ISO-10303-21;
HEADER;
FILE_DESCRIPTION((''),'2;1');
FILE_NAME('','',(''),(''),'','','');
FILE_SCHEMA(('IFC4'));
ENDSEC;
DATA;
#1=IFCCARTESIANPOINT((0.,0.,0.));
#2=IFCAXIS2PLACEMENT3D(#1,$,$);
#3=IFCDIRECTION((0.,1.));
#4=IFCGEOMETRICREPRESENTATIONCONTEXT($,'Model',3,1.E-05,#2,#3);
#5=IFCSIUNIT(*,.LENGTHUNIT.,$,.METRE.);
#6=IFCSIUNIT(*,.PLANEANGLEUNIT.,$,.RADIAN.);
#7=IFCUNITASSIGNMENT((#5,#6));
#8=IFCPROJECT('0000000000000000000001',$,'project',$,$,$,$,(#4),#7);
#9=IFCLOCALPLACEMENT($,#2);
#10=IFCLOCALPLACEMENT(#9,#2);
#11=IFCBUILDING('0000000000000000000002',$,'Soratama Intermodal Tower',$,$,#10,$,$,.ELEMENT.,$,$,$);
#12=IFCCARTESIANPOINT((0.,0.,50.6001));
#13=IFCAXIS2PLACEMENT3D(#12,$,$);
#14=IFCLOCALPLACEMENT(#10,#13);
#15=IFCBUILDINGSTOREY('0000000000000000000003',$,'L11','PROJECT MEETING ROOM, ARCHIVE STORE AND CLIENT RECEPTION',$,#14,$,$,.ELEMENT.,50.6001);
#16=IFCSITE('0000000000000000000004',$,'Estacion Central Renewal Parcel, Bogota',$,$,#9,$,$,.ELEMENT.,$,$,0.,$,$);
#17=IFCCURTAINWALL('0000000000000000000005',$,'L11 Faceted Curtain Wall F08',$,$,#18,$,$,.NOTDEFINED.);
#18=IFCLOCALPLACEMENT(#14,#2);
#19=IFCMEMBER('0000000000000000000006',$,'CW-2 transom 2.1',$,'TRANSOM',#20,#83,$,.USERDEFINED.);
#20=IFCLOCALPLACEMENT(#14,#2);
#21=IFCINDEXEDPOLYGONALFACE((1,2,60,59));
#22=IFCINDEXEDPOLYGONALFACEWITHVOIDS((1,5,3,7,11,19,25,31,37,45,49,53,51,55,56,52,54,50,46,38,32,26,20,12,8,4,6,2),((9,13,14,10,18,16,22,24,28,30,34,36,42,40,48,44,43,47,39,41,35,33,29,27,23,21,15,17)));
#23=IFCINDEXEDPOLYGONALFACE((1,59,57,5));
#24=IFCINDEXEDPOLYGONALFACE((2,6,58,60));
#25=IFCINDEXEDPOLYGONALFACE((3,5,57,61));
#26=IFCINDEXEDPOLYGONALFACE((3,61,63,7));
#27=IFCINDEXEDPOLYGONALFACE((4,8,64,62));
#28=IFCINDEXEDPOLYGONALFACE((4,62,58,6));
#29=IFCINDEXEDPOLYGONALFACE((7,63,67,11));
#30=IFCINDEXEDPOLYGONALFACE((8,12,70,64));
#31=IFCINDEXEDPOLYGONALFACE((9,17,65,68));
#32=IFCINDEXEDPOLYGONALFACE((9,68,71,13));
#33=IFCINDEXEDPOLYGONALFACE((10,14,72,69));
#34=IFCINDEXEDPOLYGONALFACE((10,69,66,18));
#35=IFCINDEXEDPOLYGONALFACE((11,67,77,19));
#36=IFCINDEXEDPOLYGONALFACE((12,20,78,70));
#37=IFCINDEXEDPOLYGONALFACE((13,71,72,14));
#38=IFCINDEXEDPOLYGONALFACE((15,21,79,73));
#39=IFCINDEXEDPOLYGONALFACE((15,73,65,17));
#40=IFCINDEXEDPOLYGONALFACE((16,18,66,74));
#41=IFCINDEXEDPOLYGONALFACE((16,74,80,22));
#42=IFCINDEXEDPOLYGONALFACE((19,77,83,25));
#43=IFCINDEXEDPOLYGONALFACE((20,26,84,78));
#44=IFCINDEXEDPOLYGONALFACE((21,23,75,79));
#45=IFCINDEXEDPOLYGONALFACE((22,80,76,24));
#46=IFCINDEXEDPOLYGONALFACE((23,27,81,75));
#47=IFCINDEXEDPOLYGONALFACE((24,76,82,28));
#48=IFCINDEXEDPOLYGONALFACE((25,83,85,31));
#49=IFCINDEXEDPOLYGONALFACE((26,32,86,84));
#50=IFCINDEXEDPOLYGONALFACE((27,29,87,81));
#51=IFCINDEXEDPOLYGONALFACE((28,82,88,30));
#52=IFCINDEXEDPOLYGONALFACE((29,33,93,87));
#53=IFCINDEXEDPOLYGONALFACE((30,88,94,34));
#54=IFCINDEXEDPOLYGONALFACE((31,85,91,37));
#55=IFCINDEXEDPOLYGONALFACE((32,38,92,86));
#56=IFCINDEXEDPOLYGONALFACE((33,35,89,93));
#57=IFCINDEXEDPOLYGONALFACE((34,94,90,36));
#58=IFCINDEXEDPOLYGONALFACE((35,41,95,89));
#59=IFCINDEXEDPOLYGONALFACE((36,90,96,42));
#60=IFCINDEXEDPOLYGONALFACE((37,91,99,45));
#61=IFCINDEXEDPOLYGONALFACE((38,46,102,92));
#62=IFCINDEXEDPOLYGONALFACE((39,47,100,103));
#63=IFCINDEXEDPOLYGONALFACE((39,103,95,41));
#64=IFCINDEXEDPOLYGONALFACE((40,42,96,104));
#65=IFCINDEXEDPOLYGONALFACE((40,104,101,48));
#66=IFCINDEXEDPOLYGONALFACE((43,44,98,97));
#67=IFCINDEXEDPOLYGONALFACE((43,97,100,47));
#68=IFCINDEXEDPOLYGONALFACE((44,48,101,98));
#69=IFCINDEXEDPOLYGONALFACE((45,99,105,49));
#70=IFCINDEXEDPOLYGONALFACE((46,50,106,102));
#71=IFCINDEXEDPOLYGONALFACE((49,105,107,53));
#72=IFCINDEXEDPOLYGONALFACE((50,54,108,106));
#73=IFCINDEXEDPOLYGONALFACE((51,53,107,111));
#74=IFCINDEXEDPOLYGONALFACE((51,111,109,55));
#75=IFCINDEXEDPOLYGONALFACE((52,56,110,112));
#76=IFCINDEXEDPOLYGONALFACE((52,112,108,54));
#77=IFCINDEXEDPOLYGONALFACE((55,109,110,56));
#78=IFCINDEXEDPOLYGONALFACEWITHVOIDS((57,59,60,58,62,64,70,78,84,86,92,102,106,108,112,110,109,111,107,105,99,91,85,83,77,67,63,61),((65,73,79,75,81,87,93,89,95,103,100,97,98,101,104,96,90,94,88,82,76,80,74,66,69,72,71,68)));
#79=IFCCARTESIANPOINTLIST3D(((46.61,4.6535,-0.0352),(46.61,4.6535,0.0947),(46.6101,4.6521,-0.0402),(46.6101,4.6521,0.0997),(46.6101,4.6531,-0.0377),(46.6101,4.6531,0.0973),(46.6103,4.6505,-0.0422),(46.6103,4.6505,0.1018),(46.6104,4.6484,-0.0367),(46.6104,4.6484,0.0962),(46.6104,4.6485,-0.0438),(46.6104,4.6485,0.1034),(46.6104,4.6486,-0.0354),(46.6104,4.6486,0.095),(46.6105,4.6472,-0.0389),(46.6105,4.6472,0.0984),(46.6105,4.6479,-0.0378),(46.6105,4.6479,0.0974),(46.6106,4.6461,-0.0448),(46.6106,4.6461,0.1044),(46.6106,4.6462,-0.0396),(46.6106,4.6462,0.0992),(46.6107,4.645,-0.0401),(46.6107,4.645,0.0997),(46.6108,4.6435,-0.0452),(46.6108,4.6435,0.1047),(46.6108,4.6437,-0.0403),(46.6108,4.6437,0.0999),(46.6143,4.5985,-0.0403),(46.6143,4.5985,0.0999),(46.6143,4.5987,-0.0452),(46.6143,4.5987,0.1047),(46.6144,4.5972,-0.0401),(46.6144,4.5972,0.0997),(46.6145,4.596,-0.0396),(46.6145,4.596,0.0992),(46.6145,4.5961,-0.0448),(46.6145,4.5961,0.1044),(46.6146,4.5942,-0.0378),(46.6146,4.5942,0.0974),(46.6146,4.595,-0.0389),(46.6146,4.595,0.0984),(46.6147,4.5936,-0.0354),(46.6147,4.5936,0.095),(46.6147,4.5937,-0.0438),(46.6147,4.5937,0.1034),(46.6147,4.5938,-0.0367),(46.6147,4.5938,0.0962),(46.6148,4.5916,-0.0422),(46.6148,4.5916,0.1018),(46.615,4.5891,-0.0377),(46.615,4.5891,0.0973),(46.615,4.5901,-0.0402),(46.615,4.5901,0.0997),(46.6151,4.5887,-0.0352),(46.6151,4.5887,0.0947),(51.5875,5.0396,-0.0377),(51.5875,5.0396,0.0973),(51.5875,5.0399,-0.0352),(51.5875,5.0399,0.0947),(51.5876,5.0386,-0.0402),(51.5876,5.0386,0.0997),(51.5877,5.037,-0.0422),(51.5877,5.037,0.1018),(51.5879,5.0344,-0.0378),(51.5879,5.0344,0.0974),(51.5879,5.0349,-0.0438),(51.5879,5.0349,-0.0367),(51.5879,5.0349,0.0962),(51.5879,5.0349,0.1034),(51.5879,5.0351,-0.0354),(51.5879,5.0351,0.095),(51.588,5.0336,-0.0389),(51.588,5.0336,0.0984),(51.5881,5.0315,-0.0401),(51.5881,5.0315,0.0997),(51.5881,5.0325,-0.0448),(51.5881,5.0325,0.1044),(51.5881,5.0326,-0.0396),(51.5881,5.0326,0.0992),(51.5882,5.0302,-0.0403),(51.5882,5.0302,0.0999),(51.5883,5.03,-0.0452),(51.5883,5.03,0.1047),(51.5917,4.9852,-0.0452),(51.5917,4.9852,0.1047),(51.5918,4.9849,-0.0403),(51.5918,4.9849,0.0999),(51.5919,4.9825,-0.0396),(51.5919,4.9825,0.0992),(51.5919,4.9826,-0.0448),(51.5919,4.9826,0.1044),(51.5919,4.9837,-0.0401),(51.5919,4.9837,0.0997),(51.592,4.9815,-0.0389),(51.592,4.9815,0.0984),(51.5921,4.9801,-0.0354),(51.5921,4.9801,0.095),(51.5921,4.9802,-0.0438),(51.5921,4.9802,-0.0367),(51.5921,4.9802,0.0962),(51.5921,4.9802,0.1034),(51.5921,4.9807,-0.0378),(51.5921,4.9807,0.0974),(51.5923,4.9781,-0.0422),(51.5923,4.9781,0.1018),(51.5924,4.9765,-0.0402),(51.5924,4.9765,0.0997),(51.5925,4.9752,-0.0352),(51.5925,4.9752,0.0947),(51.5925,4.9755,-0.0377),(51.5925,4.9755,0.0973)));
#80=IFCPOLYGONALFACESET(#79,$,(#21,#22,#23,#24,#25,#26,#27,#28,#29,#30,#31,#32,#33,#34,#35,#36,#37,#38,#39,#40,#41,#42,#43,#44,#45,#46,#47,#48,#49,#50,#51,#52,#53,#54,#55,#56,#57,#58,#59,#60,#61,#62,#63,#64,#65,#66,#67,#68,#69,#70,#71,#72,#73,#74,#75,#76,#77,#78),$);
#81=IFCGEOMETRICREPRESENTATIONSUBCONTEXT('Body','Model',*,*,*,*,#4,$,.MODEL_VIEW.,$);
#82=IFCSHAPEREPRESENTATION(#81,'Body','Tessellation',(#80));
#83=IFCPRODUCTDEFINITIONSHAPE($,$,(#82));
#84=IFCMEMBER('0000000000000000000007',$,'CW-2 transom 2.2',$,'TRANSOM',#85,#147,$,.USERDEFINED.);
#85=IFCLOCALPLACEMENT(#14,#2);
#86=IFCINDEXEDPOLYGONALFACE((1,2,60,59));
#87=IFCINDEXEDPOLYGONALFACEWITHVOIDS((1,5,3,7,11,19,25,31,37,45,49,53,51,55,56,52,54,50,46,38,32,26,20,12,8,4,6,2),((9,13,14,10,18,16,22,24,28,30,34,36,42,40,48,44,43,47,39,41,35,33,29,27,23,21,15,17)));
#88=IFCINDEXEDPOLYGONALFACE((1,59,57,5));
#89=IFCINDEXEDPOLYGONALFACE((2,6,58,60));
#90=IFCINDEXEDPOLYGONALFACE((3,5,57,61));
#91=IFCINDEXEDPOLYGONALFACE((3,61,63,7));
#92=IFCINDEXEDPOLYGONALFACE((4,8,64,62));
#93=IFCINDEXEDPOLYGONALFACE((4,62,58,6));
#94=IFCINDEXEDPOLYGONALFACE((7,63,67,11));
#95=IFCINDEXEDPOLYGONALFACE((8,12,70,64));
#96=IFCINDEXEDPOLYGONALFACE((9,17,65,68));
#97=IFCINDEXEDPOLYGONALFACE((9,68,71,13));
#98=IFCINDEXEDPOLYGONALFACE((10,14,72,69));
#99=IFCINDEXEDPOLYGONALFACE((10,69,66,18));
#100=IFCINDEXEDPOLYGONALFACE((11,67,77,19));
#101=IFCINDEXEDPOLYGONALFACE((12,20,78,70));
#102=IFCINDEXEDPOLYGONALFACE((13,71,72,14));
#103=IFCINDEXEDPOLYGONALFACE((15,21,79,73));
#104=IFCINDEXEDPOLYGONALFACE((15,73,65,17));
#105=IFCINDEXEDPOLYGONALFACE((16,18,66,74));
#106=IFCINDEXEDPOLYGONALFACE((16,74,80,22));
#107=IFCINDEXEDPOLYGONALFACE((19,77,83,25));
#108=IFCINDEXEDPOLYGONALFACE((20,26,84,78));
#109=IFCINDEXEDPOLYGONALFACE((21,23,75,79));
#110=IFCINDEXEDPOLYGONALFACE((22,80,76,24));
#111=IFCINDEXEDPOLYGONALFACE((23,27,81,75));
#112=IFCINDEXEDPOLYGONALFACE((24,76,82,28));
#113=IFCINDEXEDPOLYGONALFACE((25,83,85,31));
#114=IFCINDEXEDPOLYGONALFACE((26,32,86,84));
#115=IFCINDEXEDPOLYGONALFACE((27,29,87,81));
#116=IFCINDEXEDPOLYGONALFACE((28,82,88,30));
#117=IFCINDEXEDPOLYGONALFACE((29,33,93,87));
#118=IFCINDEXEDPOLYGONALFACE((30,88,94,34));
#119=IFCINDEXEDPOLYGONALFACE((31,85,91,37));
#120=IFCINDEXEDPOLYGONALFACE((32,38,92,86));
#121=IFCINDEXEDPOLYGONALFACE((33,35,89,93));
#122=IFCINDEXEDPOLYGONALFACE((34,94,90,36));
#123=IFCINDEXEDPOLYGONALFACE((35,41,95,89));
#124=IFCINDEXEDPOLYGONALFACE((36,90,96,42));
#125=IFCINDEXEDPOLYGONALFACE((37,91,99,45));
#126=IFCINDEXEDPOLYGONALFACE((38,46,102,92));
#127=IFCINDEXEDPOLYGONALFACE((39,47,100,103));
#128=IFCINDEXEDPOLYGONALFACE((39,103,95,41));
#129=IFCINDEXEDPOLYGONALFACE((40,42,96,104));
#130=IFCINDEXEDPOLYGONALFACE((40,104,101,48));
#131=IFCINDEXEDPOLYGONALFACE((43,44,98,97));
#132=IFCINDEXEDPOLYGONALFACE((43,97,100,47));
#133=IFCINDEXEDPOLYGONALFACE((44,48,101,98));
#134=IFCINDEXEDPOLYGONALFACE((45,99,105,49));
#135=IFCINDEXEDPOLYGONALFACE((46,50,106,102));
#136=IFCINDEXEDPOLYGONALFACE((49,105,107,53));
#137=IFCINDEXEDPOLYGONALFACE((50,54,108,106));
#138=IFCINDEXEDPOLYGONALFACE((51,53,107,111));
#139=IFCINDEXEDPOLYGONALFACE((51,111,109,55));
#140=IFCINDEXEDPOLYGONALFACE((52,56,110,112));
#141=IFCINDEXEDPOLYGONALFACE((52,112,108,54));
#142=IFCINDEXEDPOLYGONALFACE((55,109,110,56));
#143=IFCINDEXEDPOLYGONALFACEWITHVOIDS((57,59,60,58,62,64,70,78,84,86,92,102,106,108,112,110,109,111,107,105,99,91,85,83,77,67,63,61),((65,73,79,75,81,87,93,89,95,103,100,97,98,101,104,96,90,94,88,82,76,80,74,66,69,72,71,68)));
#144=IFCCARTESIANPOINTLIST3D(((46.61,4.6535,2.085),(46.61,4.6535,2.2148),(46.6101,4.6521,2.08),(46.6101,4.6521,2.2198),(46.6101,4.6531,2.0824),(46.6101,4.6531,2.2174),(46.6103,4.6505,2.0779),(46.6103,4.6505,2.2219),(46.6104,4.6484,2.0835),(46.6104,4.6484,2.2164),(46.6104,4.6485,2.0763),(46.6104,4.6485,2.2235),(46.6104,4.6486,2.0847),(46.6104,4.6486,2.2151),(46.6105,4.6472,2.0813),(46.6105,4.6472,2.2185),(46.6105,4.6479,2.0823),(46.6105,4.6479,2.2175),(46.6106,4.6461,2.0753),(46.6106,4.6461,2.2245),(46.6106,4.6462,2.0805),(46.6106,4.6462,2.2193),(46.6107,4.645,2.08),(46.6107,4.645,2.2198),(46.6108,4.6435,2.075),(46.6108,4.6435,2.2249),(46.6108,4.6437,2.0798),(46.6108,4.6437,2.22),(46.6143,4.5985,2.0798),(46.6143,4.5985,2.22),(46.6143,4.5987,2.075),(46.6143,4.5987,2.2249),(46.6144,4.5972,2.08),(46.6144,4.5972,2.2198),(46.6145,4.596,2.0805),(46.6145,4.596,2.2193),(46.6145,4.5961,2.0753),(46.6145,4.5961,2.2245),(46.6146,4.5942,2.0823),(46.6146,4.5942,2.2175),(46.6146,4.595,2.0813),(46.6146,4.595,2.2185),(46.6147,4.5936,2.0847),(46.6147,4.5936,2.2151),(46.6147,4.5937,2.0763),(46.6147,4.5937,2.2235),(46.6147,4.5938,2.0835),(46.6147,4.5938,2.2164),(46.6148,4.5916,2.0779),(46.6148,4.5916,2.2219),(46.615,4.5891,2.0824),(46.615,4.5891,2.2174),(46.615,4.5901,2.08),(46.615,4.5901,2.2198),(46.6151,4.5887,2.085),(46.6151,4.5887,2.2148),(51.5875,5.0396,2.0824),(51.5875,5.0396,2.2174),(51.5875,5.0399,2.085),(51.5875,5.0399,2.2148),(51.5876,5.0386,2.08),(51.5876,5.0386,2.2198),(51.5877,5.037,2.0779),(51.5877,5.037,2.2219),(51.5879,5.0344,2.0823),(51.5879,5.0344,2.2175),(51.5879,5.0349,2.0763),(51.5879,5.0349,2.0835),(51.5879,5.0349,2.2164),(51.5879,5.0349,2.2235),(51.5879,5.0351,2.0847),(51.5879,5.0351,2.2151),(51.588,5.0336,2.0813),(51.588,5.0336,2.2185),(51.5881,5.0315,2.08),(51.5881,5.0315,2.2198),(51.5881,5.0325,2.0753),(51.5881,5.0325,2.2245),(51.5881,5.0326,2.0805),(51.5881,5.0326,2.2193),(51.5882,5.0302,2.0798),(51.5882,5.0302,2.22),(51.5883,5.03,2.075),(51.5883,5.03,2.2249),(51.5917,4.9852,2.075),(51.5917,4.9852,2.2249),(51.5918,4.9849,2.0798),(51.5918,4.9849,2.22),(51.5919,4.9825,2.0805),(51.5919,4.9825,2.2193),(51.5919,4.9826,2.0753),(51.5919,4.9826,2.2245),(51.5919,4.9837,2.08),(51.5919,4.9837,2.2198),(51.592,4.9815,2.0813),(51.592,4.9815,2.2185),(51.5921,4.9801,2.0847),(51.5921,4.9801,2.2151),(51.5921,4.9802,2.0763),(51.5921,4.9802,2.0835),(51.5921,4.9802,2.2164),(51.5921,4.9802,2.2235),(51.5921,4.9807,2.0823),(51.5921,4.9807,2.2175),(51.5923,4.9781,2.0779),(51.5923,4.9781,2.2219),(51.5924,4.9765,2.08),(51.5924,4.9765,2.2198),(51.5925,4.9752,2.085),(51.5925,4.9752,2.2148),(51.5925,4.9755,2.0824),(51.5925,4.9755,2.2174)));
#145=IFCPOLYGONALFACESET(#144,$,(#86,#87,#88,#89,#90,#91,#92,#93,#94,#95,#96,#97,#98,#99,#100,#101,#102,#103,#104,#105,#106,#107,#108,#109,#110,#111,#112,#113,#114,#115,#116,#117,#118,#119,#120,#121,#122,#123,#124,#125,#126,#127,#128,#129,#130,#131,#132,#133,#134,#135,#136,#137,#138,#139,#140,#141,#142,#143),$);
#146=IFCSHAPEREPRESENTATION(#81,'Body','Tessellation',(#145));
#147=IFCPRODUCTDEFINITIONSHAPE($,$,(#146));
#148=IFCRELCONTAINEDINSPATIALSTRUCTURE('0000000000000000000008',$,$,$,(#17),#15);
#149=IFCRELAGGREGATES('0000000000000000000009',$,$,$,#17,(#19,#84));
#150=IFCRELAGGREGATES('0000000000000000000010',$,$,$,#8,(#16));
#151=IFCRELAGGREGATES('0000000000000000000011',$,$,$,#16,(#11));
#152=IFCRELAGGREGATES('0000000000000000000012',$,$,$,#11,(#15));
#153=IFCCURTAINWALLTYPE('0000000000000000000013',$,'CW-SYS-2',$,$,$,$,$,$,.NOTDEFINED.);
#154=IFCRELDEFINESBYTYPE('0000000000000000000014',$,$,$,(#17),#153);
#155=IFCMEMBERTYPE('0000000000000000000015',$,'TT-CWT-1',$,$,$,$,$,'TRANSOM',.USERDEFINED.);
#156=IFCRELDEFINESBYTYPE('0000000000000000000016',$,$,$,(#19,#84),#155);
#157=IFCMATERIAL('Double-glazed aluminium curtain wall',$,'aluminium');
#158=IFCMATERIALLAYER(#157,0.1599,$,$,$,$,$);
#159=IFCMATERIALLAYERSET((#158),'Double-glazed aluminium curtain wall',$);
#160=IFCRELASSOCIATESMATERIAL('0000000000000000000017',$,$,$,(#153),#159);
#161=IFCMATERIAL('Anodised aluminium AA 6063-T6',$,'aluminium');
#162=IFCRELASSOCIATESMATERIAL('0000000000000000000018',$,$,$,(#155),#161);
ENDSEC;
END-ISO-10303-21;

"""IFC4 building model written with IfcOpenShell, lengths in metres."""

from ifc_helpers import new_model, si_unit, direction, frame, origin, origin_2d, place, context, subcontext, project, spatial, hollow_rectangle, extrude, material, layer, layer_set, material_profile, profile_set, type_object, element, aggregate, save


model = new_model("IFC4")

# Units and contexts
model_context = context("Model", 3, precision=1e-05, world=origin(), true_north=direction((0.0, 1.0)))
body_context = subcontext(model_context, "Body", "Model", "MODEL_VIEW")
ifc_project = project(units=[si_unit("LENGTHUNIT", "METRE"), si_unit("PLANEANGLEUNIT", "RADIAN")], contexts=[model_context])

# Site, building, storey
site_placement = place(None, origin())
site = spatial("IfcSite", under=ifc_project, at=site_placement, Name="Estacion Central Renewal Parcel, Bogota", CompositionType="ELEMENT", RefElevation=0.0)
building_placement = place(site_placement, origin())
building = spatial("IfcBuilding", under=site, at=building_placement, Name="Soratama Intermodal Tower", CompositionType="ELEMENT")
storey_placement = place(building_placement, frame((0.0, 0.0, 50.6001)))
storey = spatial("IfcBuildingStorey", under=building, at=storey_placement, Name="L11", Description="PROJECT MEETING ROOM, ARCHIVE STORE AND CLIENT RECEPTION", CompositionType="ELEMENT", Elevation=50.6001)

# Curtain wall, members
ifc_material_1 = material(Name="Double-glazed aluminium curtain wall", Category="aluminium")
ifc_layer_1 = layer(ifc_material_1, 0.1599)
ifc_layer_set_1 = layer_set([ifc_layer_1], Name="Double-glazed aluminium curtain wall")
curtain_wall_type = type_object("IfcCurtainWallType", Name="CW-SYS-2", PredefinedType="NOTDEFINED", material=ifc_layer_set_1)
curtain_wall_placement = place(storey_placement, origin())
curtain_wall = element("IfcCurtainWall", 1, at=curtain_wall_placement, inside=storey, type_object=curtain_wall_type, Name="L11 Faceted Curtain Wall F08", PredefinedType="NOTDEFINED")
ifc_material_2 = material(Name="Anodised aluminium AA 6063-T6", Category="aluminium")
ifc_material_profile_1 = material_profile(ifc_material_2, hollow_rectangle(XDim=0.0649, YDim=0.1499, WallThickness=0.0049, InnerFilletRadius=0.0049, OuterFilletRadius=0.01, at=origin_2d()), Name="CWT150X65X5")
ifc_profile_set_1 = profile_set([ifc_material_profile_1], Name="Anodised aluminium AA 6063-T6")
member_type_1 = type_object("IfcMemberType", Name="TT-CWT-1", ElementType="TRANSOM", PredefinedType="USERDEFINED", material=ifc_profile_set_1)
member_1_placement = place(storey_placement, frame((46.6125, 4.6211, 0.0298), z_axis=(0.996999, 0.077411, 0.0), x_axis=(-0.077411, 0.996999, 0.0)))
member_1 = element("IfcMember", 2, at=member_1_placement, type_object=member_type_1, Name="CW-2 transom 2.1", ObjectType="TRANSOM", PredefinedType="USERDEFINED", context=body_context, shape_type="SweptSolid", body=[
    extrude(hollow_rectangle(XDim=0.0649, YDim=0.1499, WallThickness=0.0049, InnerFilletRadius=0.0049, OuterFilletRadius=0.01, at=origin_2d()), origin(), (0.0, 0.0, 1.0), 4.9924),
])
member_2_placement = place(storey_placement, frame((46.6125, 4.6211, 2.1499), z_axis=(0.996999, 0.077411, 0.0), x_axis=(-0.077411, 0.996999, 0.0)))
member_2 = element("IfcMember", 3, at=member_2_placement, type_object=member_type_1, Name="CW-2 transom 2.2", ObjectType="TRANSOM", PredefinedType="USERDEFINED", context=body_context, shape_type="SweptSolid", body=[
    extrude(hollow_rectangle(XDim=0.0649, YDim=0.1499, WallThickness=0.0049, InnerFilletRadius=0.0049, OuterFilletRadius=0.01, at=origin_2d()), origin(), (0.0, 0.0, 1.0), 4.9924),
])
aggregate(curtain_wall, [member_1, member_2])

save(model, "model.ifc")
